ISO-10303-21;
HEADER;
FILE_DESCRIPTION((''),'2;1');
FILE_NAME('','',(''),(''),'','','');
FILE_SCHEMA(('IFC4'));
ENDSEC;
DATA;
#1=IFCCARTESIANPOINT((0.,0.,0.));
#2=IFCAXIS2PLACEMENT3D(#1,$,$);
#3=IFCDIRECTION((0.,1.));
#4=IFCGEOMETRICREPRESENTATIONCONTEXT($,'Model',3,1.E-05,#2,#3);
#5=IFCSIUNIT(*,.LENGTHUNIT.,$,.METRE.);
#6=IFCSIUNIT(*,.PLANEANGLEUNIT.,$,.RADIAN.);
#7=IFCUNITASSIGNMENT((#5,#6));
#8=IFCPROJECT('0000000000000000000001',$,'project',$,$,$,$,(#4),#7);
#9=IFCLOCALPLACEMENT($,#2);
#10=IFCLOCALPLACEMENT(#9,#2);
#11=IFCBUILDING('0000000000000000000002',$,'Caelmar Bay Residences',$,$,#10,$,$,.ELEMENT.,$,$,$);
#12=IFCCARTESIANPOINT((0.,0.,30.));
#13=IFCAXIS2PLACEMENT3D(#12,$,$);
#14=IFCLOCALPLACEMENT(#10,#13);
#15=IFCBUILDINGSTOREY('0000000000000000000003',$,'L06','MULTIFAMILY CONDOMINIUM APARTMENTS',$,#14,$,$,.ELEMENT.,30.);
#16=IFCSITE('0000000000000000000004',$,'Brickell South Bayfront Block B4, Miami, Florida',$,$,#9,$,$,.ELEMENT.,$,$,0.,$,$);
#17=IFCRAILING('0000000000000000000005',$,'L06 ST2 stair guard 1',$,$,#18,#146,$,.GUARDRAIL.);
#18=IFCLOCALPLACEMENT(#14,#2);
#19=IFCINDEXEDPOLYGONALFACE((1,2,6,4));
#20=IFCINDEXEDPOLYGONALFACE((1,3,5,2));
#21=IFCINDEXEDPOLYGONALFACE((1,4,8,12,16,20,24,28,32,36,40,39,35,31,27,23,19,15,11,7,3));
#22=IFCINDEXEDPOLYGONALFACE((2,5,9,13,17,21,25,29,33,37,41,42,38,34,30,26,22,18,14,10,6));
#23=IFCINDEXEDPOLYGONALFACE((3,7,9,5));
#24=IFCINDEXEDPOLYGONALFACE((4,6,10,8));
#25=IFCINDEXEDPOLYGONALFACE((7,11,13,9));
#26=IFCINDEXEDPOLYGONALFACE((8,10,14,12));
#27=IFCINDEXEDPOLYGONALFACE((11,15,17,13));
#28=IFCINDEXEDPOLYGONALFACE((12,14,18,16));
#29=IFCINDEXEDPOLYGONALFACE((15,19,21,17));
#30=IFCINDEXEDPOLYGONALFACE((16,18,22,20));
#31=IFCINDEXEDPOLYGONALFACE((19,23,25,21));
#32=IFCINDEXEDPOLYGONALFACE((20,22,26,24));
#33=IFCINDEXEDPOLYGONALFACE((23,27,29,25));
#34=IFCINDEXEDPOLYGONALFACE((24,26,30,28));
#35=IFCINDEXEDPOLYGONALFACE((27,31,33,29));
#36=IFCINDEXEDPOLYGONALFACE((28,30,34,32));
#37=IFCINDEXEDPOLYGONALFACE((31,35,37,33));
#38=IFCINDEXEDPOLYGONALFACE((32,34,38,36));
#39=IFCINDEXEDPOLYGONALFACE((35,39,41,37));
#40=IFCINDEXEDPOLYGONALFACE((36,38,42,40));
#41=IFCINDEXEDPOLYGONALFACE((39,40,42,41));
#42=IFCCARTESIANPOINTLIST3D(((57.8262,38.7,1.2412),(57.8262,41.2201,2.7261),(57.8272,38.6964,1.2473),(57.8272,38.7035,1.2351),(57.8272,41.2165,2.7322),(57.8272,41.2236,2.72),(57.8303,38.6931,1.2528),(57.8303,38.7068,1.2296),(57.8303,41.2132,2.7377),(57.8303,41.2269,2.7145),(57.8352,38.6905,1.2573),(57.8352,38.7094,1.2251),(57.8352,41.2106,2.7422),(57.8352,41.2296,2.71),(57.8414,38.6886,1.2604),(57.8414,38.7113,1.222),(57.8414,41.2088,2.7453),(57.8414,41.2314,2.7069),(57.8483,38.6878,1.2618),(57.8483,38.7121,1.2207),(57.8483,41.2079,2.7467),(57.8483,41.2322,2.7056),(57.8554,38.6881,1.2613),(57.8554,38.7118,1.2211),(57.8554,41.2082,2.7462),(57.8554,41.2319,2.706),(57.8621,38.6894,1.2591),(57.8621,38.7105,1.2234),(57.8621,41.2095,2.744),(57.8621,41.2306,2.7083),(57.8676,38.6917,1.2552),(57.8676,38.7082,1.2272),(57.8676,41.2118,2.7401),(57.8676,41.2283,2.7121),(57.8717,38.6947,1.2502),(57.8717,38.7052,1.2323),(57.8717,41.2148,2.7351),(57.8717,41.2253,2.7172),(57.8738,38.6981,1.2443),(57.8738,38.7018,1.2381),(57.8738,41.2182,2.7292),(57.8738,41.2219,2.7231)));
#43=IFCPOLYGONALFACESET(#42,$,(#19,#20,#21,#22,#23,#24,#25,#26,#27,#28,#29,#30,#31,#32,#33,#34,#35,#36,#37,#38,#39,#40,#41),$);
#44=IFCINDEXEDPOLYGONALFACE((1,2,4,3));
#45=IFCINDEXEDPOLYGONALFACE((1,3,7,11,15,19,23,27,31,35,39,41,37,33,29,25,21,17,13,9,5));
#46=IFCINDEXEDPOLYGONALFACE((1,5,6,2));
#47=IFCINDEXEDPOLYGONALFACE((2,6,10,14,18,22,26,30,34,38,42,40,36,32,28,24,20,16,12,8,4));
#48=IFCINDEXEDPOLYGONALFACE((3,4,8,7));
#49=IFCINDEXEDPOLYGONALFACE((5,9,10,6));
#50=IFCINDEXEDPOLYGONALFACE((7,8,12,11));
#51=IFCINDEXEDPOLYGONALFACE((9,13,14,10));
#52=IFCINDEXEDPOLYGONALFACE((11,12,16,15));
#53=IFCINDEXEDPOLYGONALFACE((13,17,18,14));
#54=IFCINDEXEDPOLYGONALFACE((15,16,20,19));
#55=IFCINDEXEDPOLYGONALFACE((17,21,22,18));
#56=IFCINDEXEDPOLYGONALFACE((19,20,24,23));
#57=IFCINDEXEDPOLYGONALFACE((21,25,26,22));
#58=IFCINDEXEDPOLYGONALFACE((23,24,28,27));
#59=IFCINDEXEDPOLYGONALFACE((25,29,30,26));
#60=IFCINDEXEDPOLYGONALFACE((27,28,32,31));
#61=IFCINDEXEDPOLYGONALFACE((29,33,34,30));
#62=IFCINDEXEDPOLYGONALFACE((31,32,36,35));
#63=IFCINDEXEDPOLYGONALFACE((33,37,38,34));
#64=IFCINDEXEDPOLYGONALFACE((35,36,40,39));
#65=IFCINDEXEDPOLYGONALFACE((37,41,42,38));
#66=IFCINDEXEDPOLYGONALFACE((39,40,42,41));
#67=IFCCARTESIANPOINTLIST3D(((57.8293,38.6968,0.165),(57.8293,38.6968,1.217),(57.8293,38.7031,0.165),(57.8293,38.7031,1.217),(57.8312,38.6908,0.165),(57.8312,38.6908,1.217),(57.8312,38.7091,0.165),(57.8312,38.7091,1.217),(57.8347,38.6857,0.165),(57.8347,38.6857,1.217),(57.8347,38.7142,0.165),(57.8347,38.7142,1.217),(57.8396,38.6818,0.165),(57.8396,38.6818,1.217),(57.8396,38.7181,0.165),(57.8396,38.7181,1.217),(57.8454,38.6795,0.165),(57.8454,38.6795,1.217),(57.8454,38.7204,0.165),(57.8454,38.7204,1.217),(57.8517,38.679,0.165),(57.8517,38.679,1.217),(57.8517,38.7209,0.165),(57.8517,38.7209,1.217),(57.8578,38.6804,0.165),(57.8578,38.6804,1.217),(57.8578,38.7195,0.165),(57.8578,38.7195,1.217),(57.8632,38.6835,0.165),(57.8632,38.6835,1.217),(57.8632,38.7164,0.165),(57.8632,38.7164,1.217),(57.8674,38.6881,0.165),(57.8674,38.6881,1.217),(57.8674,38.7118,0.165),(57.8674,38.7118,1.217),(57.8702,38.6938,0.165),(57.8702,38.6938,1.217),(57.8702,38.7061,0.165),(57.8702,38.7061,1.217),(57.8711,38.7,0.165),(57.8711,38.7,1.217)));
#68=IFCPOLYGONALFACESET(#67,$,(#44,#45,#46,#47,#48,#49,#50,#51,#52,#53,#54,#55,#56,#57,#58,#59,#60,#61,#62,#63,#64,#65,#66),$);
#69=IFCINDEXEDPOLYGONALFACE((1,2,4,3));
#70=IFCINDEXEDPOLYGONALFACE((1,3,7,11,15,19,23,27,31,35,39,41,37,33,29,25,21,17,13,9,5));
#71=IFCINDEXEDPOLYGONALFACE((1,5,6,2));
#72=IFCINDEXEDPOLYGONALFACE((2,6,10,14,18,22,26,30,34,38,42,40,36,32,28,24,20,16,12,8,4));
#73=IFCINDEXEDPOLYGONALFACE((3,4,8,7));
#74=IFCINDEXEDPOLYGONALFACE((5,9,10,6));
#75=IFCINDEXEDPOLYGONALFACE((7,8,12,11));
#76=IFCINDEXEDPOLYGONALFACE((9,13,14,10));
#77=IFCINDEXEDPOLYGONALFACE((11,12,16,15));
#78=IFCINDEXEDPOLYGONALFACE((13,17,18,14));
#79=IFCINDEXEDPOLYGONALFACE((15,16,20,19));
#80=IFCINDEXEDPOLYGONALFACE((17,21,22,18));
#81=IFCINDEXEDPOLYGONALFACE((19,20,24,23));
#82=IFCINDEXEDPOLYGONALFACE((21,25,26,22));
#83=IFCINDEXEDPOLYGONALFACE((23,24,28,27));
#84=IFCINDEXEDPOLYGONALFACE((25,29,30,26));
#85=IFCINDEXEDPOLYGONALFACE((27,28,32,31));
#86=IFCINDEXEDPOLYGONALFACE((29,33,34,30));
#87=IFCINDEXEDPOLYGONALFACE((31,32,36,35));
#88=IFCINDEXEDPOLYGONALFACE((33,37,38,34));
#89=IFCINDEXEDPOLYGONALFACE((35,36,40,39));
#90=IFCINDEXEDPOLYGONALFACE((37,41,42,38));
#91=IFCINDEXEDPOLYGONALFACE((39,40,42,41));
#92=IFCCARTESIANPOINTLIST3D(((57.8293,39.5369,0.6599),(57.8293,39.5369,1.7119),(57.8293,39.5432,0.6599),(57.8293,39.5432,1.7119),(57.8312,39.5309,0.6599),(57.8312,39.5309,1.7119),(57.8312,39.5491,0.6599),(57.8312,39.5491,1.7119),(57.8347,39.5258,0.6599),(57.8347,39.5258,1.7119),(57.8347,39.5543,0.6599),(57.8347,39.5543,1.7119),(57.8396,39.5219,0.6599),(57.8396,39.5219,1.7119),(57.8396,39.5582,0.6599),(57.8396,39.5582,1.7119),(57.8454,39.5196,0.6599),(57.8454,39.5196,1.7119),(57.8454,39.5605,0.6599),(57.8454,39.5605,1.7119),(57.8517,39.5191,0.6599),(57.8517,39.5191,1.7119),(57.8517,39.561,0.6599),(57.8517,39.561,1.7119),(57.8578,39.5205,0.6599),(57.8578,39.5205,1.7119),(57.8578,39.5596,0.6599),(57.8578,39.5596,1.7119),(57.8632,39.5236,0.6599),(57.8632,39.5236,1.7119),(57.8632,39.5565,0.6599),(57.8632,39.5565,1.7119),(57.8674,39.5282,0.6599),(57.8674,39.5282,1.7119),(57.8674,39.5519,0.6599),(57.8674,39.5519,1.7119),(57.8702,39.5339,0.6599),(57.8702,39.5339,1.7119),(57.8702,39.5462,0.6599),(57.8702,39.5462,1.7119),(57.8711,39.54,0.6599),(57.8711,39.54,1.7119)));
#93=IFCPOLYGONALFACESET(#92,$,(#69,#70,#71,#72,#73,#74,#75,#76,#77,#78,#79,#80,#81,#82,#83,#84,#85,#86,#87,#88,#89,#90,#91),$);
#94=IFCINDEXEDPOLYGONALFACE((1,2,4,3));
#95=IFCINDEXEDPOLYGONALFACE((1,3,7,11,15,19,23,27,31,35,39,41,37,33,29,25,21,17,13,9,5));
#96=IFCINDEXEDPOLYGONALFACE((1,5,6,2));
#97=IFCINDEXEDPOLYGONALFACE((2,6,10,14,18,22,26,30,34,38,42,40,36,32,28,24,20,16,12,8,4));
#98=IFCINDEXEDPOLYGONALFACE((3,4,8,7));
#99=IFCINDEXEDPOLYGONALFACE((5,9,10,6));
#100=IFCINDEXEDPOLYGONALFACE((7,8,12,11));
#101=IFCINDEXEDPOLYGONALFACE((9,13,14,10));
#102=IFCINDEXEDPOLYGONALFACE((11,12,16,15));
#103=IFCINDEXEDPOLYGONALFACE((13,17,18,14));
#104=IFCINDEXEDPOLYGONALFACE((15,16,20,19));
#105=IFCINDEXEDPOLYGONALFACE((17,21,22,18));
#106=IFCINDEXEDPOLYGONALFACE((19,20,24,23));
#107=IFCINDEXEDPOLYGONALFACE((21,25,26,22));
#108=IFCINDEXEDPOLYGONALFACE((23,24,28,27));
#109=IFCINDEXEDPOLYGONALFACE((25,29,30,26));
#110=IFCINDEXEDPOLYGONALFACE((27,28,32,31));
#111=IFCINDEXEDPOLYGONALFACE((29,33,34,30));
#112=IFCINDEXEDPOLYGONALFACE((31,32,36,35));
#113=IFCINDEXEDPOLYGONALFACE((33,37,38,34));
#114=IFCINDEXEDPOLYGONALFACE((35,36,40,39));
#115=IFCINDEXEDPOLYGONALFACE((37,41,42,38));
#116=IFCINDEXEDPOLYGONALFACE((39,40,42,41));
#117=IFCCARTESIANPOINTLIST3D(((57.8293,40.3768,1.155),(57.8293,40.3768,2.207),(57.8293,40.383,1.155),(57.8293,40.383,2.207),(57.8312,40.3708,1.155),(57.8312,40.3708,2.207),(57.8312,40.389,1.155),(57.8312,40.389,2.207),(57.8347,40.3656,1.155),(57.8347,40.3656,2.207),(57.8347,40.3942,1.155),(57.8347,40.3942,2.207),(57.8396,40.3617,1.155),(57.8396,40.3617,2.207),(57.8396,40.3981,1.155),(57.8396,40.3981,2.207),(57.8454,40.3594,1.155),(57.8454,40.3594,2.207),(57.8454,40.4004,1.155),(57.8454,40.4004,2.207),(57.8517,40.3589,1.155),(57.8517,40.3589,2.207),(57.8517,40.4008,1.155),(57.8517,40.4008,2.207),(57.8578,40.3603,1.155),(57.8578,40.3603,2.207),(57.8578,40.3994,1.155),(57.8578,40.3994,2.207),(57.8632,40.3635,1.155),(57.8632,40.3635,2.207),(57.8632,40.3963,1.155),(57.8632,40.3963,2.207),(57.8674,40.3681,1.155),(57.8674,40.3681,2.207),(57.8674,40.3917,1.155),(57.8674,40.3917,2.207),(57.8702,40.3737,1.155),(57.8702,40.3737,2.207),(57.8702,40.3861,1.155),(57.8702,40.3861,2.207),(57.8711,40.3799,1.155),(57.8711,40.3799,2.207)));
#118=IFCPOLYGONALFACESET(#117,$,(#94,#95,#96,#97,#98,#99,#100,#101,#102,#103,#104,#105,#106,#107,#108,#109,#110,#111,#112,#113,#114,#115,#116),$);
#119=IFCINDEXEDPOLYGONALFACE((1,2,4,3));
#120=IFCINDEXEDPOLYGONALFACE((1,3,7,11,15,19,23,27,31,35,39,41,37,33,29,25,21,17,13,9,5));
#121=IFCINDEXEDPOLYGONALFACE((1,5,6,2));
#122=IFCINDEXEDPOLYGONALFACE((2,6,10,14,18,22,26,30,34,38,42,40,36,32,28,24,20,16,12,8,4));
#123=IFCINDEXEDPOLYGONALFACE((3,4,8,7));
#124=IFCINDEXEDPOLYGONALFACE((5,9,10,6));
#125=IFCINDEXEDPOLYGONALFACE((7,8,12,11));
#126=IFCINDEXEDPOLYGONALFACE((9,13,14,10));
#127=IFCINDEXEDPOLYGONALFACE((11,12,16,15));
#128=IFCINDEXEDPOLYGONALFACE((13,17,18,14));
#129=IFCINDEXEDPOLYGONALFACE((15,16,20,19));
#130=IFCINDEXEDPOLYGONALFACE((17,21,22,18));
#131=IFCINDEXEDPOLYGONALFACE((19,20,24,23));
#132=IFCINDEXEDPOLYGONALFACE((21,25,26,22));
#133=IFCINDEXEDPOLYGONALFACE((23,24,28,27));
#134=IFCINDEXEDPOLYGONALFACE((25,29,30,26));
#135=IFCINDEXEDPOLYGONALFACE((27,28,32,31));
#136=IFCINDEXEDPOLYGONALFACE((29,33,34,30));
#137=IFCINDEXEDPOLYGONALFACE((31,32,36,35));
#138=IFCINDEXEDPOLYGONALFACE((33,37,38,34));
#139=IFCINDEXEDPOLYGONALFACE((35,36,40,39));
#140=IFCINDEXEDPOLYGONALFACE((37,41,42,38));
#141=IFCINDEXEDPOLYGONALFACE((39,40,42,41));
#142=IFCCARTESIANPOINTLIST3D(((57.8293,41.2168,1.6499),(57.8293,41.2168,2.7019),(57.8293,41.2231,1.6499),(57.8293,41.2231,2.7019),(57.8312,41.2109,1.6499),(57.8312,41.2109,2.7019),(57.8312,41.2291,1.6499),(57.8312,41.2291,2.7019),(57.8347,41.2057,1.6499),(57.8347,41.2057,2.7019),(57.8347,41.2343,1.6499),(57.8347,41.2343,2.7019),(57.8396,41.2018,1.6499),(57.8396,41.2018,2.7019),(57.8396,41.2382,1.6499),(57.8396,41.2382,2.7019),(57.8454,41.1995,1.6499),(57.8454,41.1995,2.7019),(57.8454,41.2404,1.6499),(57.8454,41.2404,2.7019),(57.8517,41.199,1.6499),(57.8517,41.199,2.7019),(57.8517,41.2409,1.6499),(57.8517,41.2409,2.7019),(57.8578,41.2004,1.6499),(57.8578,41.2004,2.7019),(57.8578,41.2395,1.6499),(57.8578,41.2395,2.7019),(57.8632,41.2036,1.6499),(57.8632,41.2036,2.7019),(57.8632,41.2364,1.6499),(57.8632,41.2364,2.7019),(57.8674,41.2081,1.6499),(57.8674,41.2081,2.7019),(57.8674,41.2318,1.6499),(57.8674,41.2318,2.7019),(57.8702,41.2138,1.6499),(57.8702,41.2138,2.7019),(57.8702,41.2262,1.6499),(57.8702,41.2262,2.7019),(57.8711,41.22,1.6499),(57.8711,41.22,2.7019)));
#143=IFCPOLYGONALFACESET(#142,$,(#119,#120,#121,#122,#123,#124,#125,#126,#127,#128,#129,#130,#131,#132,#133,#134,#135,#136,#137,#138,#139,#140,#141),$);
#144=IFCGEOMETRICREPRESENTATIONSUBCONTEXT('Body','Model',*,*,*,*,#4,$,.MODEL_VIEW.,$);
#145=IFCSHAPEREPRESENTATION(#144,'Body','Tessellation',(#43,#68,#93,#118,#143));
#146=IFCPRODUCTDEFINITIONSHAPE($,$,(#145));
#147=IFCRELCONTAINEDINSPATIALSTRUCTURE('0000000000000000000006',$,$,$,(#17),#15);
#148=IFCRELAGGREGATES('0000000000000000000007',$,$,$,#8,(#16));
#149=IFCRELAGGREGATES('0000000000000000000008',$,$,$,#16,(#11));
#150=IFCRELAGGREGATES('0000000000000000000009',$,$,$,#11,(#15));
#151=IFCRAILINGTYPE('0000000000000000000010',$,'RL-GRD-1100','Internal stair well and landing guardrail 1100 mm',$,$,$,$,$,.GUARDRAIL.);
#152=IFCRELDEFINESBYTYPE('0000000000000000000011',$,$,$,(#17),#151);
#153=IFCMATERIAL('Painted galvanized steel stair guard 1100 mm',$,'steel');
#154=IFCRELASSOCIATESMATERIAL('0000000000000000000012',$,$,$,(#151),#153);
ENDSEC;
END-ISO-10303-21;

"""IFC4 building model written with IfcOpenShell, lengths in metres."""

from ifc_helpers import new_model, si_unit, direction, frame, origin, origin_2d, place, context, subcontext, project, spatial, circle, extrude, material, type_object, element, save


model = new_model("IFC4")

# Units and contexts
model_context = context("Model", 3, precision=1e-05, world=origin(), true_north=direction((0.0, 1.0)))
body_context = subcontext(model_context, "Body", "Model", "MODEL_VIEW")
ifc_project = project(units=[si_unit("LENGTHUNIT", "METRE"), si_unit("PLANEANGLEUNIT", "RADIAN")], contexts=[model_context])

# Site, building, storey
site_placement = place(None, origin())
site = spatial("IfcSite", under=ifc_project, at=site_placement, Name="Brickell South Bayfront Block B4, Miami, Florida", CompositionType="ELEMENT", RefElevation=0.0)
building_placement = place(site_placement, origin())
building = spatial("IfcBuilding", under=site, at=building_placement, Name="Caelmar Bay Residences", CompositionType="ELEMENT")
storey_placement = place(building_placement, frame((0.0, 0.0, 30.0)))
storey = spatial("IfcBuildingStorey", under=building, at=storey_placement, Name="L06", Description="MULTIFAMILY CONDOMINIUM APARTMENTS", CompositionType="ELEMENT", Elevation=30.0)

# Railing
ifc_material_1 = material(Name="Painted galvanized steel stair guard 1100 mm", Category="steel")
railing_type_1 = type_object("IfcRailingType", Name="RL-GRD-1100", Description="Internal stair well and landing guardrail 1100 mm", PredefinedType="GUARDRAIL", material=ifc_material_1)
railing_1_placement = place(storey_placement, frame((57.8501, 38.7, 0.165)))
element("IfcRailing", 1, at=railing_1_placement, inside=storey, type_object=railing_type_1, Name="L06 ST2 stair guard 1", PredefinedType="GUARDRAIL", context=body_context, shape_type="SweptSolid", body=[
    extrude(circle(Radius=0.0239, at=origin_2d()), frame((0.0, 0.0, 1.0762), z_axis=(0.0, 0.861561, 0.507655), x_axis=(-1.0, 0.0, 0.0)), (0.0, 0.0, 1.0), 2.925),
    extrude(circle(Radius=0.021, at=origin_2d()), origin(), (0.0, 0.0, 1.0), 1.052),
    extrude(circle(Radius=0.021, at=origin_2d()), frame((0.0, 0.8401, 0.4949)), (0.0, 0.0, 1.0), 1.052),
    extrude(circle(Radius=0.021, at=origin_2d()), frame((0.0, 1.6799, 0.99)), (0.0, 0.0, 1.0), 1.052),
    extrude(circle(Radius=0.021, at=origin_2d()), frame((0.0, 2.52, 1.4849)), (0.0, 0.0, 1.0), 1.052),
])

save(model, "model.ifc")
